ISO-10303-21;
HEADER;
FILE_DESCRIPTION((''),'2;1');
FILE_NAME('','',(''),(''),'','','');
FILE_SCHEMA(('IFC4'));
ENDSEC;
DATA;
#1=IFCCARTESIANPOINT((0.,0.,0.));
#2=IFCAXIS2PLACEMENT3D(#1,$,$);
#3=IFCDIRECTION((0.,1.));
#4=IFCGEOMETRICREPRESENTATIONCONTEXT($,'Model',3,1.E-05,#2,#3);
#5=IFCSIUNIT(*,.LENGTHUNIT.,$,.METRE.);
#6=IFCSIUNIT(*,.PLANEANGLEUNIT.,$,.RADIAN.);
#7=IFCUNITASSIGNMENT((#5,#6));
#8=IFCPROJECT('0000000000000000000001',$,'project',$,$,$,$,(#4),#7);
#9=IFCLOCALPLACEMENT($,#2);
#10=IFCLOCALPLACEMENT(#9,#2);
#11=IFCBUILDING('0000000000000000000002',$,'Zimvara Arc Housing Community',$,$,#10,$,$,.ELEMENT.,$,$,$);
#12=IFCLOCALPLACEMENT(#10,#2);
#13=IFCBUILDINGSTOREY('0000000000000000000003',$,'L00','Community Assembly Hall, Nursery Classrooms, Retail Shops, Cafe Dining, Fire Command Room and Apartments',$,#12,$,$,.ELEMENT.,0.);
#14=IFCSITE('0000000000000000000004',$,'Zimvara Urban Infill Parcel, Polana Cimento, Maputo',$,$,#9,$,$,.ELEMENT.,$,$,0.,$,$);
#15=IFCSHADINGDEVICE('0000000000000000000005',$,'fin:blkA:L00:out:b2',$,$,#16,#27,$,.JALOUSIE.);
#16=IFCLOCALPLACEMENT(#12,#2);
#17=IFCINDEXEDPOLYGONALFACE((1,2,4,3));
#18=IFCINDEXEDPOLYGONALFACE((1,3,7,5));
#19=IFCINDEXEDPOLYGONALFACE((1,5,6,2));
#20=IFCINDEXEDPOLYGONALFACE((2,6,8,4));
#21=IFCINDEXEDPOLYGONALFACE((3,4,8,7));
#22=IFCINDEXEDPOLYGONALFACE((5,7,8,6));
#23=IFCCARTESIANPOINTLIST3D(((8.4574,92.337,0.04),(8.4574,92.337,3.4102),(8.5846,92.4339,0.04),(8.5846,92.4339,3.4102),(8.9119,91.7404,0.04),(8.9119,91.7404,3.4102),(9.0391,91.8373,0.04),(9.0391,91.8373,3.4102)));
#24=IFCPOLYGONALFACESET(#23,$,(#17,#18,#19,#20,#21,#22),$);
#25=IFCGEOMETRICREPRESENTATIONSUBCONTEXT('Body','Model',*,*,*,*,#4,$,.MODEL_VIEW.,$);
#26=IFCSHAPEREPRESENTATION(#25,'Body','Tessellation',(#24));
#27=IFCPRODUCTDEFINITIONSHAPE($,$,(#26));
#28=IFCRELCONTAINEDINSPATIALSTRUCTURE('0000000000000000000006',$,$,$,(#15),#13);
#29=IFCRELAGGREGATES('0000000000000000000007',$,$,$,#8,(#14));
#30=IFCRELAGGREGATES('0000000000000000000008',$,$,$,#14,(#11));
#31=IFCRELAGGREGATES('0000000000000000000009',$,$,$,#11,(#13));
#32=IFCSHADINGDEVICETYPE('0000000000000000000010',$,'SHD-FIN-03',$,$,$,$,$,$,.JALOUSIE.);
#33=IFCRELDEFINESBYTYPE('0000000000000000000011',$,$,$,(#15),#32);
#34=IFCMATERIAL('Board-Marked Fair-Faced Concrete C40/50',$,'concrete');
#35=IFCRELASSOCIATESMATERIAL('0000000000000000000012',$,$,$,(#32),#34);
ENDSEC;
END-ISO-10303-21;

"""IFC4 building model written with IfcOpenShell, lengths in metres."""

from ifc_helpers import new_model, si_unit, direction, frame, origin, origin_2d, place, context, subcontext, project, spatial, rectangle, extrude, material, type_object, element, save


model = new_model("IFC4")

# Units and contexts
model_context = context("Model", 3, precision=1e-05, world=origin(), true_north=direction((0.0, 1.0)))
body_context = subcontext(model_context, "Body", "Model", "MODEL_VIEW")
ifc_project = project(units=[si_unit("LENGTHUNIT", "METRE"), si_unit("PLANEANGLEUNIT", "RADIAN")], contexts=[model_context])

# Site, building, storey
site_placement = place(None, origin())
site = spatial("IfcSite", under=ifc_project, at=site_placement, Name="Zimvara Urban Infill Parcel, Polana Cimento, Maputo", CompositionType="ELEMENT", RefElevation=0.0)
building_placement = place(site_placement, origin())
building = spatial("IfcBuilding", under=site, at=building_placement, Name="Zimvara Arc Housing Community", CompositionType="ELEMENT")
storey_placement = place(building_placement, origin())
storey = spatial("IfcBuildingStorey", under=building, at=storey_placement, Name="L00", Description="Community Assembly Hall, Nursery Classrooms, Retail Shops, Cafe Dining, Fire Command Room and Apartments", CompositionType="ELEMENT", Elevation=0.0)

# Shading device
ifc_material_1 = material(Name="Board-Marked Fair-Faced Concrete C40/50", Category="concrete")
shading_device_type_1 = type_object("IfcShadingDeviceType", Name="SHD-FIN-03", PredefinedType="JALOUSIE", material=ifc_material_1)
shading_device_1_placement = place(storey_placement, frame((8.7483, 92.0872, 0.04), z_axis=(0.0, 0.0, 1.0), x_axis=(0.795475, 0.605987, 0.0)))
element("IfcShadingDevice", 1, at=shading_device_1_placement, inside=storey, type_object=shading_device_type_1, Name="fin:blkA:L00:out:b2", PredefinedType="JALOUSIE", context=body_context, shape_type="SweptSolid", body=[
    extrude(rectangle(XDim=0.1599, YDim=0.75, at=origin_2d()), origin(), (0.0, 0.0, 1.0), 3.3701),
])

save(model, "model.ifc")
